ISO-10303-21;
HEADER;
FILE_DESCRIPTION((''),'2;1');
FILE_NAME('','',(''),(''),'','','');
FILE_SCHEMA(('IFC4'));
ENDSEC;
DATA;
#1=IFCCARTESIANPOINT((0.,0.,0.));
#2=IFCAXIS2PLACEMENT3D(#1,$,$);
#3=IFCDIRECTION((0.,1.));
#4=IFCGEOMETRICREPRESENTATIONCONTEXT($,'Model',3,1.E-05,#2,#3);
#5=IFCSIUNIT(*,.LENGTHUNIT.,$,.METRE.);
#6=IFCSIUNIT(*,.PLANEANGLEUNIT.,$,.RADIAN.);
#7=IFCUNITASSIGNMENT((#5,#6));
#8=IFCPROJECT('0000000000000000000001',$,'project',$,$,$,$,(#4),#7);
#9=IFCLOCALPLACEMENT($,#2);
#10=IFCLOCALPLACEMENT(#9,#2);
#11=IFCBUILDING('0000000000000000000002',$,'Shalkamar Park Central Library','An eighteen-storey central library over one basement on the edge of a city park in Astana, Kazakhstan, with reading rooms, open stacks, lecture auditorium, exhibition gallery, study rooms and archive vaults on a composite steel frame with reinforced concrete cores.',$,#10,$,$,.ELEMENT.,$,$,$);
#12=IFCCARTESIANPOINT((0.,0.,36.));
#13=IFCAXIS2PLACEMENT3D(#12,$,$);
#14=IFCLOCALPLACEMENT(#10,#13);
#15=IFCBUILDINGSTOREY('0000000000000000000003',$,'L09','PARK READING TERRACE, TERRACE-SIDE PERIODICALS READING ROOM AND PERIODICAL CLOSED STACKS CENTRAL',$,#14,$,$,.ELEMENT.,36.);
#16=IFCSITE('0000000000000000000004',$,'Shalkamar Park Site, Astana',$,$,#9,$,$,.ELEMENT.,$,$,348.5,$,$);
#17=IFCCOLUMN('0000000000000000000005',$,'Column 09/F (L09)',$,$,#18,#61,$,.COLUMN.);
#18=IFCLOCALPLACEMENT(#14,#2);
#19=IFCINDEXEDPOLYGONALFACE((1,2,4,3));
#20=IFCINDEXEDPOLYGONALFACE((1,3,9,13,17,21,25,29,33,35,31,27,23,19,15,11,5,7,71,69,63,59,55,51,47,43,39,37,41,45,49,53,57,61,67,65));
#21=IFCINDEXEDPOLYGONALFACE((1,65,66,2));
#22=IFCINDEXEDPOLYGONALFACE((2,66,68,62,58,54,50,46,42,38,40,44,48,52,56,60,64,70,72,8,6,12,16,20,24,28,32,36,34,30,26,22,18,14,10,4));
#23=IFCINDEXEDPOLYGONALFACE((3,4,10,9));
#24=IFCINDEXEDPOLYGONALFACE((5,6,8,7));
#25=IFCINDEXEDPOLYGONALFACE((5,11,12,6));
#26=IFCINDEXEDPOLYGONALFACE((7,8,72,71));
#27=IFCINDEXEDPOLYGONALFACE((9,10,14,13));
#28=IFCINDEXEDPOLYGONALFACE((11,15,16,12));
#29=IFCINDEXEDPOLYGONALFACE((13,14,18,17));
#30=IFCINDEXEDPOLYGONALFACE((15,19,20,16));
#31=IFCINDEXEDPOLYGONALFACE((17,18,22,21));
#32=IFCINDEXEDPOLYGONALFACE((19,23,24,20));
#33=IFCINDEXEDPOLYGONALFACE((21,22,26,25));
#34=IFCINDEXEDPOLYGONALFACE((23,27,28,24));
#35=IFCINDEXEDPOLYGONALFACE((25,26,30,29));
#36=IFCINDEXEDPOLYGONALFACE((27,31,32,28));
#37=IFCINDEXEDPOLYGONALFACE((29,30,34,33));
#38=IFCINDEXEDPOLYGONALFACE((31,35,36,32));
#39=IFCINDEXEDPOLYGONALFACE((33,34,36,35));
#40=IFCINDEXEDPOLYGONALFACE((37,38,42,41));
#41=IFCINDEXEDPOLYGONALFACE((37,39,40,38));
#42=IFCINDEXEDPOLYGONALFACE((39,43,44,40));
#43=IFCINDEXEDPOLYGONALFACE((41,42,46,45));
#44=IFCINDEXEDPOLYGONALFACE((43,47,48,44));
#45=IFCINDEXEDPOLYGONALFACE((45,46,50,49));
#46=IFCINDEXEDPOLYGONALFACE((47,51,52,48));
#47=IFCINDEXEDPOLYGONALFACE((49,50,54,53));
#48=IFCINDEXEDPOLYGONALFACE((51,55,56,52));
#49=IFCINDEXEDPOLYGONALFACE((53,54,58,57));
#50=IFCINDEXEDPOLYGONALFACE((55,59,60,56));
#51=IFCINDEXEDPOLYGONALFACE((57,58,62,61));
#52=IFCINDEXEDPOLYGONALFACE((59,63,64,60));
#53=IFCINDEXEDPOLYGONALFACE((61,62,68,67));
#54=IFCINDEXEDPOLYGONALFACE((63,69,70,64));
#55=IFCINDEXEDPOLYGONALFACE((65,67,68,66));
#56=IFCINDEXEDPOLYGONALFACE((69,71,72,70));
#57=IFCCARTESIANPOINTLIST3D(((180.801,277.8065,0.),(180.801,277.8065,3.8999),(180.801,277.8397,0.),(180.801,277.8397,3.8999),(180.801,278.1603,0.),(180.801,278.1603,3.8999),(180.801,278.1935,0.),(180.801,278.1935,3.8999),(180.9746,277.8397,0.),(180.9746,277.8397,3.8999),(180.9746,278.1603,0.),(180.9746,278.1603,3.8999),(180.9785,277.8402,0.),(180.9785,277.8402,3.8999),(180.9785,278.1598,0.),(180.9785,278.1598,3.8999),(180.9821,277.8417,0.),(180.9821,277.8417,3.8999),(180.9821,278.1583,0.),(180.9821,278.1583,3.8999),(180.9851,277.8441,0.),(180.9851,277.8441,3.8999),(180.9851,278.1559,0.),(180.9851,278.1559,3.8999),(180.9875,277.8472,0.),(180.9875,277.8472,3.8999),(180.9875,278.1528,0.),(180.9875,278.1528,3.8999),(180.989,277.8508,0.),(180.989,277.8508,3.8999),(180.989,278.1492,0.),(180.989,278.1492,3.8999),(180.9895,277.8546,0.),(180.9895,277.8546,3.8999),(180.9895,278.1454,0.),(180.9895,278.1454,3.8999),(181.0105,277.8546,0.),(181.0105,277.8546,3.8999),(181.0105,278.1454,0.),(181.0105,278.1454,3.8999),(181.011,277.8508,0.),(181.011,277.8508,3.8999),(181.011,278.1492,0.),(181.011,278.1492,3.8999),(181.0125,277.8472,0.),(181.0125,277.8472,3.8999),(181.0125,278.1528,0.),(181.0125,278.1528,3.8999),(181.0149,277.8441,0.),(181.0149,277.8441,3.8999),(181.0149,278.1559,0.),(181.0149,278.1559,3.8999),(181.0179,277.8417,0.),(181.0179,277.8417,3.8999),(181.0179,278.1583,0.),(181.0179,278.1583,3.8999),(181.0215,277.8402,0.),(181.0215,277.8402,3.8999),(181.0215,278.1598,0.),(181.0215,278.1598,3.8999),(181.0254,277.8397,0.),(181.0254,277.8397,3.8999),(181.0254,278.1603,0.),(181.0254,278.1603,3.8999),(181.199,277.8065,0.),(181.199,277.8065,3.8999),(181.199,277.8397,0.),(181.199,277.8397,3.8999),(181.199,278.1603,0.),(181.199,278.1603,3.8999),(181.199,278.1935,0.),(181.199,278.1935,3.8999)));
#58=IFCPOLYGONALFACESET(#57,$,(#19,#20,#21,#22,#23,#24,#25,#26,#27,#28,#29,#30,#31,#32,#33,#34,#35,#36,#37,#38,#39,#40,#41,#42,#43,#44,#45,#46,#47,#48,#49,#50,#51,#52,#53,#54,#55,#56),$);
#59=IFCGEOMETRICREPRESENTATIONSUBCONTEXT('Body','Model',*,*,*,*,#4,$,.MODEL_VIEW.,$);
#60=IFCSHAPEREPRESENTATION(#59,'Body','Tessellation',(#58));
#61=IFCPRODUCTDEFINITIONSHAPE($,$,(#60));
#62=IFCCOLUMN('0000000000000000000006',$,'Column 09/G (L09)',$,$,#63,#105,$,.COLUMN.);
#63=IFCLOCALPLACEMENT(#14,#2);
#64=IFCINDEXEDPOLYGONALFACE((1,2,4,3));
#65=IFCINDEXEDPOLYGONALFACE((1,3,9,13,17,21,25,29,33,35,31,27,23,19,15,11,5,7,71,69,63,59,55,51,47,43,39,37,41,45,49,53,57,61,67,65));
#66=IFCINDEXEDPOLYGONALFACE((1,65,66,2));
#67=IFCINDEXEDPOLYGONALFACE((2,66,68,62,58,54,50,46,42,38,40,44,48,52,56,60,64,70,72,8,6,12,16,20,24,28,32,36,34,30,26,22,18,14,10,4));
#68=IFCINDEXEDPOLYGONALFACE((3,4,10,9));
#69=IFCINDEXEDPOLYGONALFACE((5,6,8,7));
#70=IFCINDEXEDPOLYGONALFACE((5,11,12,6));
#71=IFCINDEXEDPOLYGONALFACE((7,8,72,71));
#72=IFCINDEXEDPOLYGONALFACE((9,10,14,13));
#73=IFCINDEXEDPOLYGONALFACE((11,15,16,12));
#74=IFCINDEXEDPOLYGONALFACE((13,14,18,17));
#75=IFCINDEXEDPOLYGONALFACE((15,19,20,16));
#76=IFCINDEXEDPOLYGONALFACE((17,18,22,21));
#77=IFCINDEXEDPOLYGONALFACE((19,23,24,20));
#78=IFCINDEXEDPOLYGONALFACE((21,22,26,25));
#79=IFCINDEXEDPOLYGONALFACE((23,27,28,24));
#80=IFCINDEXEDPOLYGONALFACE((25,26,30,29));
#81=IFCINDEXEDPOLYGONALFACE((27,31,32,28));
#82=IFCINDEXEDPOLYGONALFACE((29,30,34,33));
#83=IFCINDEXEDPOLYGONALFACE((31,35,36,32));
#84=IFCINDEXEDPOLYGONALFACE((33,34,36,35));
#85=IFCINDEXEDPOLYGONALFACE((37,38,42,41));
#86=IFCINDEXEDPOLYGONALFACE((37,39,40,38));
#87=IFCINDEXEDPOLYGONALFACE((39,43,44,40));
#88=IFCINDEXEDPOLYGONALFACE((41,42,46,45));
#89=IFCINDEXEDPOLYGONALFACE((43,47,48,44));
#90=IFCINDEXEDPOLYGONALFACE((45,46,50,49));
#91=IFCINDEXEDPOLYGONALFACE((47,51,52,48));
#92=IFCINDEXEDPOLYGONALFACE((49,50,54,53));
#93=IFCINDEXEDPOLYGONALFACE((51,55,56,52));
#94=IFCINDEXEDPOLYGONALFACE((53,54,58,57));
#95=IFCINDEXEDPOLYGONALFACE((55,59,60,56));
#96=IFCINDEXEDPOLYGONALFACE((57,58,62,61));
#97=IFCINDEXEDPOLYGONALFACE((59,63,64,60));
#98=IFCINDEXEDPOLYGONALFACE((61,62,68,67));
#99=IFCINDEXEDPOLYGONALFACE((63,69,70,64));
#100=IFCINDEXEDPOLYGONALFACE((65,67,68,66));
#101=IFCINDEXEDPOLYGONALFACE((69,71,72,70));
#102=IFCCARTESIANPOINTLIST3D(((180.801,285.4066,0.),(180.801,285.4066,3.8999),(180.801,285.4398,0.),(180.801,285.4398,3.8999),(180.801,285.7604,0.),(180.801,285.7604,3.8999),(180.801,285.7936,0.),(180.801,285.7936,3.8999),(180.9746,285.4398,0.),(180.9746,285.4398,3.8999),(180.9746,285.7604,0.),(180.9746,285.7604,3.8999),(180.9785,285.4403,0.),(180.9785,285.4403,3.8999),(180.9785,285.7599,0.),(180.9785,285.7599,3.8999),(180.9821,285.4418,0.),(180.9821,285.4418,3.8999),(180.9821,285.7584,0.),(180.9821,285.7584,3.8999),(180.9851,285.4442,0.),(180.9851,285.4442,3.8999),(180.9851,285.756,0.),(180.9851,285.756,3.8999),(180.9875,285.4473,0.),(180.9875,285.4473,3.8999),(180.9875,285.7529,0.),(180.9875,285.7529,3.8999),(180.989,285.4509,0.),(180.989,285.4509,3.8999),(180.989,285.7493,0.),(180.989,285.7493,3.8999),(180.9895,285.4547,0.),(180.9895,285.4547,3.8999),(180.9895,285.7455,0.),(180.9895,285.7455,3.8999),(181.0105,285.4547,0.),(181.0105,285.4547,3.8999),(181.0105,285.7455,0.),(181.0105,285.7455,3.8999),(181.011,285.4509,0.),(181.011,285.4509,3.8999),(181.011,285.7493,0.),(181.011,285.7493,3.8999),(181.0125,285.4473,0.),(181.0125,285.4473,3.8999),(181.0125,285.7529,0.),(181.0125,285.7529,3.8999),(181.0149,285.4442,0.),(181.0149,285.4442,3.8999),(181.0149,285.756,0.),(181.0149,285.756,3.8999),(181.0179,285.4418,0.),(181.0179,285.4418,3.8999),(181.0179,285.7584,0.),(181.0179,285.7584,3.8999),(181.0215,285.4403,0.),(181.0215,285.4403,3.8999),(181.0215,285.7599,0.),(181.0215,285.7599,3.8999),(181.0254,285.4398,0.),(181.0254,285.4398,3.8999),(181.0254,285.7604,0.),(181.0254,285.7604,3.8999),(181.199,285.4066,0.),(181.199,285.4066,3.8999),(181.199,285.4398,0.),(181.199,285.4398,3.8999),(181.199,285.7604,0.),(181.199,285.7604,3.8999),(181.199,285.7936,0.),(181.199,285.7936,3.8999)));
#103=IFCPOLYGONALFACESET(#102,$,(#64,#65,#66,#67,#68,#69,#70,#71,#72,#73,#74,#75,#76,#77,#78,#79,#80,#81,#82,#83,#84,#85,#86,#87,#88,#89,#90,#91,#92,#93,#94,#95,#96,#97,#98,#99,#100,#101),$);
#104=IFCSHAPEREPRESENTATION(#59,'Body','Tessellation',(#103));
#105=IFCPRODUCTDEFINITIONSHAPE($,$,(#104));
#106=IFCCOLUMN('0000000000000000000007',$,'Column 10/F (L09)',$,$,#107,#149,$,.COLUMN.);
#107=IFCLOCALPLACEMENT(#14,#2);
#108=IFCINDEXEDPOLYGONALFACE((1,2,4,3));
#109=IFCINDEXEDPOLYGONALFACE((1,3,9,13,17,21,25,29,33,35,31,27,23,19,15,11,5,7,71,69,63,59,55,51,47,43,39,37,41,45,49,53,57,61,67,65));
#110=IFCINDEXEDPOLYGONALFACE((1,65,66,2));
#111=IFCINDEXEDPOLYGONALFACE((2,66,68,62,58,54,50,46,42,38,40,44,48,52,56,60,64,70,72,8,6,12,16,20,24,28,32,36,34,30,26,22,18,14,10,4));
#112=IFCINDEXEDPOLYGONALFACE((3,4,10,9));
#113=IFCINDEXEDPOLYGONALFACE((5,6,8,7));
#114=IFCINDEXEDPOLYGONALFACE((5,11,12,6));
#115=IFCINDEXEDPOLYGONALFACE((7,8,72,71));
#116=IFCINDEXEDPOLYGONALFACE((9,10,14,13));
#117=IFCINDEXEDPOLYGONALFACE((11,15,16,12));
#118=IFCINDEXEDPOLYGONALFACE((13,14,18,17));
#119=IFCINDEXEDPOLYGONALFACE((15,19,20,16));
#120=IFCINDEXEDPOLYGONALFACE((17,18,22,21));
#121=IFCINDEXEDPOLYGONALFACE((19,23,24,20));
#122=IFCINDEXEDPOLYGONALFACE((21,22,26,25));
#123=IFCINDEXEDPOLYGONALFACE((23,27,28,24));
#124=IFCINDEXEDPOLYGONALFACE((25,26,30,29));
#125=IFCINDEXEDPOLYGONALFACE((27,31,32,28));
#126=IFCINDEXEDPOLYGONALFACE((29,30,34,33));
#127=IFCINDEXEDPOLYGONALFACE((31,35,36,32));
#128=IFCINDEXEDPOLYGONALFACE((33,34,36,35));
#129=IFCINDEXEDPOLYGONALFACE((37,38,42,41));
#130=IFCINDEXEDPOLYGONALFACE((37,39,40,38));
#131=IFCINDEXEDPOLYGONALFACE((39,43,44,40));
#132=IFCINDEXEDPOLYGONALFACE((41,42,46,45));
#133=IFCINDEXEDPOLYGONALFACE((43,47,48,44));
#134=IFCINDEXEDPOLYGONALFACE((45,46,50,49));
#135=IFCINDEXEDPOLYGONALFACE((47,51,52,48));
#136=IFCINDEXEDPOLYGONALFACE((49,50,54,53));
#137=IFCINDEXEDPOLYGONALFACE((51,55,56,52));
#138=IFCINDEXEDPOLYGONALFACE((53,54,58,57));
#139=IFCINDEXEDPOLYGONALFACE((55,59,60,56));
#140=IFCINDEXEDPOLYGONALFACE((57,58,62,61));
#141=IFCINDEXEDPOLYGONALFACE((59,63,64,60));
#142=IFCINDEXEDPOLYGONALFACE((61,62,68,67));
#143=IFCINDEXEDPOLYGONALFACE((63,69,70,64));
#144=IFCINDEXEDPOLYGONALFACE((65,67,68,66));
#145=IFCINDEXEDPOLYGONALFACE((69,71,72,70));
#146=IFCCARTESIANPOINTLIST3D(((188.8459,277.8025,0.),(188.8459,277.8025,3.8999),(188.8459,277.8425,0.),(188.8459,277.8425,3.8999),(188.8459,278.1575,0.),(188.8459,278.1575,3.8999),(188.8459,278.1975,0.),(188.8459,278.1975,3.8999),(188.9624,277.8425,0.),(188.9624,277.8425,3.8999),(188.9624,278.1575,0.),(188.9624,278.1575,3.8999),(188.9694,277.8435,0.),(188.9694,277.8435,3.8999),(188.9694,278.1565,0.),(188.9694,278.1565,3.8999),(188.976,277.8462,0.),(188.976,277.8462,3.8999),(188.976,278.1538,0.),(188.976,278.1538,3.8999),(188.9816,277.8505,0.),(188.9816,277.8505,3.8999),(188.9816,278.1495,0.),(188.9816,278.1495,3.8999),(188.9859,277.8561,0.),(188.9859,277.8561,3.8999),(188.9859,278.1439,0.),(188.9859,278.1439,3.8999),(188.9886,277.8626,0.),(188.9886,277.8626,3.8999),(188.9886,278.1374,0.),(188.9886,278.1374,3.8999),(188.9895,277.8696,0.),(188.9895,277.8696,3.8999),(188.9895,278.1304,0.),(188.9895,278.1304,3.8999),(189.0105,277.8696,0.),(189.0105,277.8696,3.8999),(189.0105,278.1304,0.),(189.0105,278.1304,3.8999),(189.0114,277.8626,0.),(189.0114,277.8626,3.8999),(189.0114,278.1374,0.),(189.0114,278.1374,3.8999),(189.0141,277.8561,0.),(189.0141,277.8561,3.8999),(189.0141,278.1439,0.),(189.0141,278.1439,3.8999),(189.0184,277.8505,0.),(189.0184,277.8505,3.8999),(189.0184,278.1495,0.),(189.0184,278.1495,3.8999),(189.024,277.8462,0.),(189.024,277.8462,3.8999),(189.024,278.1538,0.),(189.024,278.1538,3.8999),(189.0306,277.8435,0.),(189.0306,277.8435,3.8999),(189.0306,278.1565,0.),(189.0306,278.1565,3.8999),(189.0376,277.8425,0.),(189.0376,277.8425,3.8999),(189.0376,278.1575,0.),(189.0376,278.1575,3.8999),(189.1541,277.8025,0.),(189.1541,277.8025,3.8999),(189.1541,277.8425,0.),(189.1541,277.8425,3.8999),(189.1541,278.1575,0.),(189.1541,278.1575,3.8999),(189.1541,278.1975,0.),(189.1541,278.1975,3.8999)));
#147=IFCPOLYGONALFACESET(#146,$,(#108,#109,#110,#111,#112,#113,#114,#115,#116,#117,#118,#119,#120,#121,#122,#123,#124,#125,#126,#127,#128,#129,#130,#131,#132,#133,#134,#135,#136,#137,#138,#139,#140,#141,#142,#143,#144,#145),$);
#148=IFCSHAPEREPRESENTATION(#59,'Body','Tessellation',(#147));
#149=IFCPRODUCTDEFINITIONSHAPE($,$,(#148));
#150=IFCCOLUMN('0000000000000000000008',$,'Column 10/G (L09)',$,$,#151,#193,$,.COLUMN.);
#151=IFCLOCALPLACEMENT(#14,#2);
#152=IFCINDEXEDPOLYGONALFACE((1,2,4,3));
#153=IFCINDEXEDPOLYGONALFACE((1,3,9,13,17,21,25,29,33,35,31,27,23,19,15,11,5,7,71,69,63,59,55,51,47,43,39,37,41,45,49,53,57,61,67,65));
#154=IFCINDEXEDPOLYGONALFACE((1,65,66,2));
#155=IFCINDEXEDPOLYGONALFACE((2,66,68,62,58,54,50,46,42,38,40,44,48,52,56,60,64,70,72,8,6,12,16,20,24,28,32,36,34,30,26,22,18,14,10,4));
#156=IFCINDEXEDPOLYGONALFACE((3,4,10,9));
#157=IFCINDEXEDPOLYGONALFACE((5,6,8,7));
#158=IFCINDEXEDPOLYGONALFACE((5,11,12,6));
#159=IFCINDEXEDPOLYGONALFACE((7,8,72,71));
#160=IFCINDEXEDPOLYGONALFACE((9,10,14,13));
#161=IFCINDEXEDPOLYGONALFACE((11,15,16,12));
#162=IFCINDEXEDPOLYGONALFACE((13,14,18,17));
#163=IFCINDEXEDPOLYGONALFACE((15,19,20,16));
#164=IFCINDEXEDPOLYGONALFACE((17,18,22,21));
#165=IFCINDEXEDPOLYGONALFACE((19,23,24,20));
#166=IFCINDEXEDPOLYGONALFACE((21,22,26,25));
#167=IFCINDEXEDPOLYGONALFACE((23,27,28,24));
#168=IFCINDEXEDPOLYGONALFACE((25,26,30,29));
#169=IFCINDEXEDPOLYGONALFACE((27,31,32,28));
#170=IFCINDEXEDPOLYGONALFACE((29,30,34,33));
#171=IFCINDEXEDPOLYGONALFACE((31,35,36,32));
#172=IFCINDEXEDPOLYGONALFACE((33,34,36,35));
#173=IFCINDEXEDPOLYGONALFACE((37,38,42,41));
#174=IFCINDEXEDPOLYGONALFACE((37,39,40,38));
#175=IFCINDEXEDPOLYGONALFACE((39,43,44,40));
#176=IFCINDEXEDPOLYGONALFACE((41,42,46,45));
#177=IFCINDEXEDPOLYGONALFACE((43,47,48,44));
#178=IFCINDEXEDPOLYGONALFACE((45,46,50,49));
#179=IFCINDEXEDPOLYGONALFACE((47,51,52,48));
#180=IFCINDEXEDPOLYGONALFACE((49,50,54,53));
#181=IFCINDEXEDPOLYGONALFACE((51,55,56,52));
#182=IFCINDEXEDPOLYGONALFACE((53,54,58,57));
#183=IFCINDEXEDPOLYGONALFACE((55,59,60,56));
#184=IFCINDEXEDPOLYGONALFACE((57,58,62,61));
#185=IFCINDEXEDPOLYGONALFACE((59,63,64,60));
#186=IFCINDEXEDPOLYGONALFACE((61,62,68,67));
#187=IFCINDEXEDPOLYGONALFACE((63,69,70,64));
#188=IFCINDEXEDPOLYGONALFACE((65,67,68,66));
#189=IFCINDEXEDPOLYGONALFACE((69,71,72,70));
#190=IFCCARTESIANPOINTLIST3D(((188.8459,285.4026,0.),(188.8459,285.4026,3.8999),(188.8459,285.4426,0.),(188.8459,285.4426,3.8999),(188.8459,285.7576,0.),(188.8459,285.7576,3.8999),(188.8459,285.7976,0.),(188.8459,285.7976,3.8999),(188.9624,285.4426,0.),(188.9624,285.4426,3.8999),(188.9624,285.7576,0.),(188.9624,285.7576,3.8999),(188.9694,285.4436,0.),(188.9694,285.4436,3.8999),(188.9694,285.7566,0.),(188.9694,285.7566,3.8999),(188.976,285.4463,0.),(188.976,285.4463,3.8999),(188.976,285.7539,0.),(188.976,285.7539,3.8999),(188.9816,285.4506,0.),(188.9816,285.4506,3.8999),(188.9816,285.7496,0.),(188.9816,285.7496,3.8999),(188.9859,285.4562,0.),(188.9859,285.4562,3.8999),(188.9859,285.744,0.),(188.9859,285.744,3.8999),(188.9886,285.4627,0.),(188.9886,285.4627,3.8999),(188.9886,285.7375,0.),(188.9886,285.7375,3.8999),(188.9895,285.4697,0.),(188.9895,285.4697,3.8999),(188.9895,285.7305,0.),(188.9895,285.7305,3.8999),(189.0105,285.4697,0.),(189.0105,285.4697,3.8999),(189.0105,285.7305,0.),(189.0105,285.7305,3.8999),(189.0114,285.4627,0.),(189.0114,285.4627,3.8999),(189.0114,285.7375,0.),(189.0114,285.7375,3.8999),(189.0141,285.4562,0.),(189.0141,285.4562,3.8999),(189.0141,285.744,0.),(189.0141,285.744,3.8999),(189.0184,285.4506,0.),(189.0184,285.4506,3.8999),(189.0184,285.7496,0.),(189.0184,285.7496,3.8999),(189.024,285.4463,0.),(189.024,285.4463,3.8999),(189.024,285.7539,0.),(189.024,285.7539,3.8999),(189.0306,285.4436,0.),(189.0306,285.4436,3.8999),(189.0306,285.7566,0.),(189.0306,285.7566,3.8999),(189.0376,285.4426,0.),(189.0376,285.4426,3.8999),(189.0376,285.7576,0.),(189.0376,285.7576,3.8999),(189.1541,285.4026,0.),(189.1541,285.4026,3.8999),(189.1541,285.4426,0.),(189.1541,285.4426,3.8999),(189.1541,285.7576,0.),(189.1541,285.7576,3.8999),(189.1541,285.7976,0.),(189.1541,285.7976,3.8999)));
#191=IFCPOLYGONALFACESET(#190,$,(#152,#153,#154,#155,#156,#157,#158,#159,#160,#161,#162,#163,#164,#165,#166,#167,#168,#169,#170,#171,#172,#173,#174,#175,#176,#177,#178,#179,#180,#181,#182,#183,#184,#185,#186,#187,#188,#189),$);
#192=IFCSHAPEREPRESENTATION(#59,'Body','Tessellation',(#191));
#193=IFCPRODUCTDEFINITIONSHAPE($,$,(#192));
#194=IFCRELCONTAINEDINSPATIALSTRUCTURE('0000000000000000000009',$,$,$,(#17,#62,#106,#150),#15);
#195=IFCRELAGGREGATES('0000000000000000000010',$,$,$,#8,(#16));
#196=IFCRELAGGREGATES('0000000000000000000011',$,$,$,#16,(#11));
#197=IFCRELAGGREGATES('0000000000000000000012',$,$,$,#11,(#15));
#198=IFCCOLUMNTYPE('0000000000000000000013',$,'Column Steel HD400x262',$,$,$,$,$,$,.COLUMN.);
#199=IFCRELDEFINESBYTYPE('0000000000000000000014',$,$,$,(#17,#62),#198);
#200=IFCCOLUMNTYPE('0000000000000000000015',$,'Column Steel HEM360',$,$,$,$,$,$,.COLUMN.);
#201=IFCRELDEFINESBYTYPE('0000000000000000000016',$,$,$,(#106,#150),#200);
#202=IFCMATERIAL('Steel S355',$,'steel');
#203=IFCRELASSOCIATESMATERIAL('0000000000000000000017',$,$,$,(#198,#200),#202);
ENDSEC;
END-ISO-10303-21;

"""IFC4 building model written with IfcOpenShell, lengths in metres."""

from ifc_helpers import new_model, si_unit, direction, frame, origin, origin_2d, place, context, subcontext, project, spatial, i_section, extrude, material, material_profile, profile_set, type_object, element, save


model = new_model("IFC4")

# Units and contexts
model_context = context("Model", 3, precision=1e-05, world=origin(), true_north=direction((0.0, 1.0)))
body_context = subcontext(model_context, "Body", "Model", "MODEL_VIEW")
ifc_project = project(units=[si_unit("LENGTHUNIT", "METRE"), si_unit("PLANEANGLEUNIT", "RADIAN")], contexts=[model_context])

# Site, building, storey
site_placement = place(None, origin())
site = spatial("IfcSite", under=ifc_project, at=site_placement, Name="Shalkamar Park Site, Astana", CompositionType="ELEMENT", RefElevation=348.5)
building_placement = place(site_placement, origin())
building = spatial("IfcBuilding", under=site, at=building_placement, Name="Shalkamar Park Central Library", Description="An eighteen-storey central library over one basement on the edge of a city park in Astana, Kazakhstan, with reading rooms, open stacks, lecture auditorium, exhibition gallery, study rooms and archive vaults on a composite steel frame with reinforced concrete cores.", CompositionType="ELEMENT")
storey_placement = place(building_placement, frame((0.0, 0.0, 36.0)))
storey = spatial("IfcBuildingStorey", under=building, at=storey_placement, Name="L09", Description="PARK READING TERRACE, TERRACE-SIDE PERIODICALS READING ROOM AND PERIODICAL CLOSED STACKS CENTRAL", CompositionType="ELEMENT", Elevation=36.0)

# Columns
ifc_material_1 = material(Name="Steel S355", Category="steel")
ifc_material_profile_1 = material_profile(ifc_material_1, i_section(OverallWidth=0.3979, OverallDepth=0.387, WebThickness=0.021, FlangeThickness=0.0332, FilletRadius=0.0149, at=origin_2d()), Name="HD 400x262")
ifc_profile_set_1 = profile_set([ifc_material_profile_1], Name="Steel S355")
column_type_1 = type_object("IfcColumnType", Name="Column Steel HD400x262", PredefinedType="COLUMN", material=ifc_profile_set_1)
for number, where, z_axis, x_axis, name in (
    (1, (181.0, 278.0, 0.0), (0.0, 0.0, 1.0), (1.0, 0.0, 0.0), "Column 09/F (L09)"),
    (2, (181.0, 285.6001, 0.0), (0.0, 0.0, 1.0), (1.0, 0.0, 0.0), "Column 09/G (L09)"),
):
    element("IfcColumn", number, at=place(storey_placement, frame(where, z_axis=z_axis, x_axis=x_axis)), inside=storey, type_object=column_type_1, Name=name, PredefinedType="COLUMN", context=body_context, shape_type="SweptSolid", body=[
        extrude(i_section(OverallWidth=0.3979, OverallDepth=0.387, WebThickness=0.021, FlangeThickness=0.0332, FilletRadius=0.0149, at=origin_2d()), origin(), (0.0, 0.0, 1.0), 3.8999),
    ])
ifc_material_profile_2 = material_profile(ifc_material_1, i_section(OverallWidth=0.3081, OverallDepth=0.395, WebThickness=0.021, FlangeThickness=0.04, FilletRadius=0.0271, at=origin_2d()), Name="HEM 360")
ifc_profile_set_2 = profile_set([ifc_material_profile_2], Name="Steel S355")
column_type_2 = type_object("IfcColumnType", Name="Column Steel HEM360", PredefinedType="COLUMN", material=ifc_profile_set_2)
for number, where, z_axis, x_axis, name in (
    (3, (189.0, 278.0, 0.0), (0.0, 0.0, 1.0), (1.0, 0.0, 0.0), "Column 10/F (L09)"),
    (4, (189.0, 285.6001, 0.0), (0.0, 0.0, 1.0), (1.0, 0.0, 0.0), "Column 10/G (L09)"),
):
    element("IfcColumn", number, at=place(storey_placement, frame(where, z_axis=z_axis, x_axis=x_axis)), inside=storey, type_object=column_type_2, Name=name, PredefinedType="COLUMN", context=body_context, shape_type="SweptSolid", body=[
        extrude(i_section(OverallWidth=0.3081, OverallDepth=0.395, WebThickness=0.021, FlangeThickness=0.04, FilletRadius=0.0271, at=origin_2d()), origin(), (0.0, 0.0, 1.0), 3.8999),
    ])

save(model, "model.ifc")
